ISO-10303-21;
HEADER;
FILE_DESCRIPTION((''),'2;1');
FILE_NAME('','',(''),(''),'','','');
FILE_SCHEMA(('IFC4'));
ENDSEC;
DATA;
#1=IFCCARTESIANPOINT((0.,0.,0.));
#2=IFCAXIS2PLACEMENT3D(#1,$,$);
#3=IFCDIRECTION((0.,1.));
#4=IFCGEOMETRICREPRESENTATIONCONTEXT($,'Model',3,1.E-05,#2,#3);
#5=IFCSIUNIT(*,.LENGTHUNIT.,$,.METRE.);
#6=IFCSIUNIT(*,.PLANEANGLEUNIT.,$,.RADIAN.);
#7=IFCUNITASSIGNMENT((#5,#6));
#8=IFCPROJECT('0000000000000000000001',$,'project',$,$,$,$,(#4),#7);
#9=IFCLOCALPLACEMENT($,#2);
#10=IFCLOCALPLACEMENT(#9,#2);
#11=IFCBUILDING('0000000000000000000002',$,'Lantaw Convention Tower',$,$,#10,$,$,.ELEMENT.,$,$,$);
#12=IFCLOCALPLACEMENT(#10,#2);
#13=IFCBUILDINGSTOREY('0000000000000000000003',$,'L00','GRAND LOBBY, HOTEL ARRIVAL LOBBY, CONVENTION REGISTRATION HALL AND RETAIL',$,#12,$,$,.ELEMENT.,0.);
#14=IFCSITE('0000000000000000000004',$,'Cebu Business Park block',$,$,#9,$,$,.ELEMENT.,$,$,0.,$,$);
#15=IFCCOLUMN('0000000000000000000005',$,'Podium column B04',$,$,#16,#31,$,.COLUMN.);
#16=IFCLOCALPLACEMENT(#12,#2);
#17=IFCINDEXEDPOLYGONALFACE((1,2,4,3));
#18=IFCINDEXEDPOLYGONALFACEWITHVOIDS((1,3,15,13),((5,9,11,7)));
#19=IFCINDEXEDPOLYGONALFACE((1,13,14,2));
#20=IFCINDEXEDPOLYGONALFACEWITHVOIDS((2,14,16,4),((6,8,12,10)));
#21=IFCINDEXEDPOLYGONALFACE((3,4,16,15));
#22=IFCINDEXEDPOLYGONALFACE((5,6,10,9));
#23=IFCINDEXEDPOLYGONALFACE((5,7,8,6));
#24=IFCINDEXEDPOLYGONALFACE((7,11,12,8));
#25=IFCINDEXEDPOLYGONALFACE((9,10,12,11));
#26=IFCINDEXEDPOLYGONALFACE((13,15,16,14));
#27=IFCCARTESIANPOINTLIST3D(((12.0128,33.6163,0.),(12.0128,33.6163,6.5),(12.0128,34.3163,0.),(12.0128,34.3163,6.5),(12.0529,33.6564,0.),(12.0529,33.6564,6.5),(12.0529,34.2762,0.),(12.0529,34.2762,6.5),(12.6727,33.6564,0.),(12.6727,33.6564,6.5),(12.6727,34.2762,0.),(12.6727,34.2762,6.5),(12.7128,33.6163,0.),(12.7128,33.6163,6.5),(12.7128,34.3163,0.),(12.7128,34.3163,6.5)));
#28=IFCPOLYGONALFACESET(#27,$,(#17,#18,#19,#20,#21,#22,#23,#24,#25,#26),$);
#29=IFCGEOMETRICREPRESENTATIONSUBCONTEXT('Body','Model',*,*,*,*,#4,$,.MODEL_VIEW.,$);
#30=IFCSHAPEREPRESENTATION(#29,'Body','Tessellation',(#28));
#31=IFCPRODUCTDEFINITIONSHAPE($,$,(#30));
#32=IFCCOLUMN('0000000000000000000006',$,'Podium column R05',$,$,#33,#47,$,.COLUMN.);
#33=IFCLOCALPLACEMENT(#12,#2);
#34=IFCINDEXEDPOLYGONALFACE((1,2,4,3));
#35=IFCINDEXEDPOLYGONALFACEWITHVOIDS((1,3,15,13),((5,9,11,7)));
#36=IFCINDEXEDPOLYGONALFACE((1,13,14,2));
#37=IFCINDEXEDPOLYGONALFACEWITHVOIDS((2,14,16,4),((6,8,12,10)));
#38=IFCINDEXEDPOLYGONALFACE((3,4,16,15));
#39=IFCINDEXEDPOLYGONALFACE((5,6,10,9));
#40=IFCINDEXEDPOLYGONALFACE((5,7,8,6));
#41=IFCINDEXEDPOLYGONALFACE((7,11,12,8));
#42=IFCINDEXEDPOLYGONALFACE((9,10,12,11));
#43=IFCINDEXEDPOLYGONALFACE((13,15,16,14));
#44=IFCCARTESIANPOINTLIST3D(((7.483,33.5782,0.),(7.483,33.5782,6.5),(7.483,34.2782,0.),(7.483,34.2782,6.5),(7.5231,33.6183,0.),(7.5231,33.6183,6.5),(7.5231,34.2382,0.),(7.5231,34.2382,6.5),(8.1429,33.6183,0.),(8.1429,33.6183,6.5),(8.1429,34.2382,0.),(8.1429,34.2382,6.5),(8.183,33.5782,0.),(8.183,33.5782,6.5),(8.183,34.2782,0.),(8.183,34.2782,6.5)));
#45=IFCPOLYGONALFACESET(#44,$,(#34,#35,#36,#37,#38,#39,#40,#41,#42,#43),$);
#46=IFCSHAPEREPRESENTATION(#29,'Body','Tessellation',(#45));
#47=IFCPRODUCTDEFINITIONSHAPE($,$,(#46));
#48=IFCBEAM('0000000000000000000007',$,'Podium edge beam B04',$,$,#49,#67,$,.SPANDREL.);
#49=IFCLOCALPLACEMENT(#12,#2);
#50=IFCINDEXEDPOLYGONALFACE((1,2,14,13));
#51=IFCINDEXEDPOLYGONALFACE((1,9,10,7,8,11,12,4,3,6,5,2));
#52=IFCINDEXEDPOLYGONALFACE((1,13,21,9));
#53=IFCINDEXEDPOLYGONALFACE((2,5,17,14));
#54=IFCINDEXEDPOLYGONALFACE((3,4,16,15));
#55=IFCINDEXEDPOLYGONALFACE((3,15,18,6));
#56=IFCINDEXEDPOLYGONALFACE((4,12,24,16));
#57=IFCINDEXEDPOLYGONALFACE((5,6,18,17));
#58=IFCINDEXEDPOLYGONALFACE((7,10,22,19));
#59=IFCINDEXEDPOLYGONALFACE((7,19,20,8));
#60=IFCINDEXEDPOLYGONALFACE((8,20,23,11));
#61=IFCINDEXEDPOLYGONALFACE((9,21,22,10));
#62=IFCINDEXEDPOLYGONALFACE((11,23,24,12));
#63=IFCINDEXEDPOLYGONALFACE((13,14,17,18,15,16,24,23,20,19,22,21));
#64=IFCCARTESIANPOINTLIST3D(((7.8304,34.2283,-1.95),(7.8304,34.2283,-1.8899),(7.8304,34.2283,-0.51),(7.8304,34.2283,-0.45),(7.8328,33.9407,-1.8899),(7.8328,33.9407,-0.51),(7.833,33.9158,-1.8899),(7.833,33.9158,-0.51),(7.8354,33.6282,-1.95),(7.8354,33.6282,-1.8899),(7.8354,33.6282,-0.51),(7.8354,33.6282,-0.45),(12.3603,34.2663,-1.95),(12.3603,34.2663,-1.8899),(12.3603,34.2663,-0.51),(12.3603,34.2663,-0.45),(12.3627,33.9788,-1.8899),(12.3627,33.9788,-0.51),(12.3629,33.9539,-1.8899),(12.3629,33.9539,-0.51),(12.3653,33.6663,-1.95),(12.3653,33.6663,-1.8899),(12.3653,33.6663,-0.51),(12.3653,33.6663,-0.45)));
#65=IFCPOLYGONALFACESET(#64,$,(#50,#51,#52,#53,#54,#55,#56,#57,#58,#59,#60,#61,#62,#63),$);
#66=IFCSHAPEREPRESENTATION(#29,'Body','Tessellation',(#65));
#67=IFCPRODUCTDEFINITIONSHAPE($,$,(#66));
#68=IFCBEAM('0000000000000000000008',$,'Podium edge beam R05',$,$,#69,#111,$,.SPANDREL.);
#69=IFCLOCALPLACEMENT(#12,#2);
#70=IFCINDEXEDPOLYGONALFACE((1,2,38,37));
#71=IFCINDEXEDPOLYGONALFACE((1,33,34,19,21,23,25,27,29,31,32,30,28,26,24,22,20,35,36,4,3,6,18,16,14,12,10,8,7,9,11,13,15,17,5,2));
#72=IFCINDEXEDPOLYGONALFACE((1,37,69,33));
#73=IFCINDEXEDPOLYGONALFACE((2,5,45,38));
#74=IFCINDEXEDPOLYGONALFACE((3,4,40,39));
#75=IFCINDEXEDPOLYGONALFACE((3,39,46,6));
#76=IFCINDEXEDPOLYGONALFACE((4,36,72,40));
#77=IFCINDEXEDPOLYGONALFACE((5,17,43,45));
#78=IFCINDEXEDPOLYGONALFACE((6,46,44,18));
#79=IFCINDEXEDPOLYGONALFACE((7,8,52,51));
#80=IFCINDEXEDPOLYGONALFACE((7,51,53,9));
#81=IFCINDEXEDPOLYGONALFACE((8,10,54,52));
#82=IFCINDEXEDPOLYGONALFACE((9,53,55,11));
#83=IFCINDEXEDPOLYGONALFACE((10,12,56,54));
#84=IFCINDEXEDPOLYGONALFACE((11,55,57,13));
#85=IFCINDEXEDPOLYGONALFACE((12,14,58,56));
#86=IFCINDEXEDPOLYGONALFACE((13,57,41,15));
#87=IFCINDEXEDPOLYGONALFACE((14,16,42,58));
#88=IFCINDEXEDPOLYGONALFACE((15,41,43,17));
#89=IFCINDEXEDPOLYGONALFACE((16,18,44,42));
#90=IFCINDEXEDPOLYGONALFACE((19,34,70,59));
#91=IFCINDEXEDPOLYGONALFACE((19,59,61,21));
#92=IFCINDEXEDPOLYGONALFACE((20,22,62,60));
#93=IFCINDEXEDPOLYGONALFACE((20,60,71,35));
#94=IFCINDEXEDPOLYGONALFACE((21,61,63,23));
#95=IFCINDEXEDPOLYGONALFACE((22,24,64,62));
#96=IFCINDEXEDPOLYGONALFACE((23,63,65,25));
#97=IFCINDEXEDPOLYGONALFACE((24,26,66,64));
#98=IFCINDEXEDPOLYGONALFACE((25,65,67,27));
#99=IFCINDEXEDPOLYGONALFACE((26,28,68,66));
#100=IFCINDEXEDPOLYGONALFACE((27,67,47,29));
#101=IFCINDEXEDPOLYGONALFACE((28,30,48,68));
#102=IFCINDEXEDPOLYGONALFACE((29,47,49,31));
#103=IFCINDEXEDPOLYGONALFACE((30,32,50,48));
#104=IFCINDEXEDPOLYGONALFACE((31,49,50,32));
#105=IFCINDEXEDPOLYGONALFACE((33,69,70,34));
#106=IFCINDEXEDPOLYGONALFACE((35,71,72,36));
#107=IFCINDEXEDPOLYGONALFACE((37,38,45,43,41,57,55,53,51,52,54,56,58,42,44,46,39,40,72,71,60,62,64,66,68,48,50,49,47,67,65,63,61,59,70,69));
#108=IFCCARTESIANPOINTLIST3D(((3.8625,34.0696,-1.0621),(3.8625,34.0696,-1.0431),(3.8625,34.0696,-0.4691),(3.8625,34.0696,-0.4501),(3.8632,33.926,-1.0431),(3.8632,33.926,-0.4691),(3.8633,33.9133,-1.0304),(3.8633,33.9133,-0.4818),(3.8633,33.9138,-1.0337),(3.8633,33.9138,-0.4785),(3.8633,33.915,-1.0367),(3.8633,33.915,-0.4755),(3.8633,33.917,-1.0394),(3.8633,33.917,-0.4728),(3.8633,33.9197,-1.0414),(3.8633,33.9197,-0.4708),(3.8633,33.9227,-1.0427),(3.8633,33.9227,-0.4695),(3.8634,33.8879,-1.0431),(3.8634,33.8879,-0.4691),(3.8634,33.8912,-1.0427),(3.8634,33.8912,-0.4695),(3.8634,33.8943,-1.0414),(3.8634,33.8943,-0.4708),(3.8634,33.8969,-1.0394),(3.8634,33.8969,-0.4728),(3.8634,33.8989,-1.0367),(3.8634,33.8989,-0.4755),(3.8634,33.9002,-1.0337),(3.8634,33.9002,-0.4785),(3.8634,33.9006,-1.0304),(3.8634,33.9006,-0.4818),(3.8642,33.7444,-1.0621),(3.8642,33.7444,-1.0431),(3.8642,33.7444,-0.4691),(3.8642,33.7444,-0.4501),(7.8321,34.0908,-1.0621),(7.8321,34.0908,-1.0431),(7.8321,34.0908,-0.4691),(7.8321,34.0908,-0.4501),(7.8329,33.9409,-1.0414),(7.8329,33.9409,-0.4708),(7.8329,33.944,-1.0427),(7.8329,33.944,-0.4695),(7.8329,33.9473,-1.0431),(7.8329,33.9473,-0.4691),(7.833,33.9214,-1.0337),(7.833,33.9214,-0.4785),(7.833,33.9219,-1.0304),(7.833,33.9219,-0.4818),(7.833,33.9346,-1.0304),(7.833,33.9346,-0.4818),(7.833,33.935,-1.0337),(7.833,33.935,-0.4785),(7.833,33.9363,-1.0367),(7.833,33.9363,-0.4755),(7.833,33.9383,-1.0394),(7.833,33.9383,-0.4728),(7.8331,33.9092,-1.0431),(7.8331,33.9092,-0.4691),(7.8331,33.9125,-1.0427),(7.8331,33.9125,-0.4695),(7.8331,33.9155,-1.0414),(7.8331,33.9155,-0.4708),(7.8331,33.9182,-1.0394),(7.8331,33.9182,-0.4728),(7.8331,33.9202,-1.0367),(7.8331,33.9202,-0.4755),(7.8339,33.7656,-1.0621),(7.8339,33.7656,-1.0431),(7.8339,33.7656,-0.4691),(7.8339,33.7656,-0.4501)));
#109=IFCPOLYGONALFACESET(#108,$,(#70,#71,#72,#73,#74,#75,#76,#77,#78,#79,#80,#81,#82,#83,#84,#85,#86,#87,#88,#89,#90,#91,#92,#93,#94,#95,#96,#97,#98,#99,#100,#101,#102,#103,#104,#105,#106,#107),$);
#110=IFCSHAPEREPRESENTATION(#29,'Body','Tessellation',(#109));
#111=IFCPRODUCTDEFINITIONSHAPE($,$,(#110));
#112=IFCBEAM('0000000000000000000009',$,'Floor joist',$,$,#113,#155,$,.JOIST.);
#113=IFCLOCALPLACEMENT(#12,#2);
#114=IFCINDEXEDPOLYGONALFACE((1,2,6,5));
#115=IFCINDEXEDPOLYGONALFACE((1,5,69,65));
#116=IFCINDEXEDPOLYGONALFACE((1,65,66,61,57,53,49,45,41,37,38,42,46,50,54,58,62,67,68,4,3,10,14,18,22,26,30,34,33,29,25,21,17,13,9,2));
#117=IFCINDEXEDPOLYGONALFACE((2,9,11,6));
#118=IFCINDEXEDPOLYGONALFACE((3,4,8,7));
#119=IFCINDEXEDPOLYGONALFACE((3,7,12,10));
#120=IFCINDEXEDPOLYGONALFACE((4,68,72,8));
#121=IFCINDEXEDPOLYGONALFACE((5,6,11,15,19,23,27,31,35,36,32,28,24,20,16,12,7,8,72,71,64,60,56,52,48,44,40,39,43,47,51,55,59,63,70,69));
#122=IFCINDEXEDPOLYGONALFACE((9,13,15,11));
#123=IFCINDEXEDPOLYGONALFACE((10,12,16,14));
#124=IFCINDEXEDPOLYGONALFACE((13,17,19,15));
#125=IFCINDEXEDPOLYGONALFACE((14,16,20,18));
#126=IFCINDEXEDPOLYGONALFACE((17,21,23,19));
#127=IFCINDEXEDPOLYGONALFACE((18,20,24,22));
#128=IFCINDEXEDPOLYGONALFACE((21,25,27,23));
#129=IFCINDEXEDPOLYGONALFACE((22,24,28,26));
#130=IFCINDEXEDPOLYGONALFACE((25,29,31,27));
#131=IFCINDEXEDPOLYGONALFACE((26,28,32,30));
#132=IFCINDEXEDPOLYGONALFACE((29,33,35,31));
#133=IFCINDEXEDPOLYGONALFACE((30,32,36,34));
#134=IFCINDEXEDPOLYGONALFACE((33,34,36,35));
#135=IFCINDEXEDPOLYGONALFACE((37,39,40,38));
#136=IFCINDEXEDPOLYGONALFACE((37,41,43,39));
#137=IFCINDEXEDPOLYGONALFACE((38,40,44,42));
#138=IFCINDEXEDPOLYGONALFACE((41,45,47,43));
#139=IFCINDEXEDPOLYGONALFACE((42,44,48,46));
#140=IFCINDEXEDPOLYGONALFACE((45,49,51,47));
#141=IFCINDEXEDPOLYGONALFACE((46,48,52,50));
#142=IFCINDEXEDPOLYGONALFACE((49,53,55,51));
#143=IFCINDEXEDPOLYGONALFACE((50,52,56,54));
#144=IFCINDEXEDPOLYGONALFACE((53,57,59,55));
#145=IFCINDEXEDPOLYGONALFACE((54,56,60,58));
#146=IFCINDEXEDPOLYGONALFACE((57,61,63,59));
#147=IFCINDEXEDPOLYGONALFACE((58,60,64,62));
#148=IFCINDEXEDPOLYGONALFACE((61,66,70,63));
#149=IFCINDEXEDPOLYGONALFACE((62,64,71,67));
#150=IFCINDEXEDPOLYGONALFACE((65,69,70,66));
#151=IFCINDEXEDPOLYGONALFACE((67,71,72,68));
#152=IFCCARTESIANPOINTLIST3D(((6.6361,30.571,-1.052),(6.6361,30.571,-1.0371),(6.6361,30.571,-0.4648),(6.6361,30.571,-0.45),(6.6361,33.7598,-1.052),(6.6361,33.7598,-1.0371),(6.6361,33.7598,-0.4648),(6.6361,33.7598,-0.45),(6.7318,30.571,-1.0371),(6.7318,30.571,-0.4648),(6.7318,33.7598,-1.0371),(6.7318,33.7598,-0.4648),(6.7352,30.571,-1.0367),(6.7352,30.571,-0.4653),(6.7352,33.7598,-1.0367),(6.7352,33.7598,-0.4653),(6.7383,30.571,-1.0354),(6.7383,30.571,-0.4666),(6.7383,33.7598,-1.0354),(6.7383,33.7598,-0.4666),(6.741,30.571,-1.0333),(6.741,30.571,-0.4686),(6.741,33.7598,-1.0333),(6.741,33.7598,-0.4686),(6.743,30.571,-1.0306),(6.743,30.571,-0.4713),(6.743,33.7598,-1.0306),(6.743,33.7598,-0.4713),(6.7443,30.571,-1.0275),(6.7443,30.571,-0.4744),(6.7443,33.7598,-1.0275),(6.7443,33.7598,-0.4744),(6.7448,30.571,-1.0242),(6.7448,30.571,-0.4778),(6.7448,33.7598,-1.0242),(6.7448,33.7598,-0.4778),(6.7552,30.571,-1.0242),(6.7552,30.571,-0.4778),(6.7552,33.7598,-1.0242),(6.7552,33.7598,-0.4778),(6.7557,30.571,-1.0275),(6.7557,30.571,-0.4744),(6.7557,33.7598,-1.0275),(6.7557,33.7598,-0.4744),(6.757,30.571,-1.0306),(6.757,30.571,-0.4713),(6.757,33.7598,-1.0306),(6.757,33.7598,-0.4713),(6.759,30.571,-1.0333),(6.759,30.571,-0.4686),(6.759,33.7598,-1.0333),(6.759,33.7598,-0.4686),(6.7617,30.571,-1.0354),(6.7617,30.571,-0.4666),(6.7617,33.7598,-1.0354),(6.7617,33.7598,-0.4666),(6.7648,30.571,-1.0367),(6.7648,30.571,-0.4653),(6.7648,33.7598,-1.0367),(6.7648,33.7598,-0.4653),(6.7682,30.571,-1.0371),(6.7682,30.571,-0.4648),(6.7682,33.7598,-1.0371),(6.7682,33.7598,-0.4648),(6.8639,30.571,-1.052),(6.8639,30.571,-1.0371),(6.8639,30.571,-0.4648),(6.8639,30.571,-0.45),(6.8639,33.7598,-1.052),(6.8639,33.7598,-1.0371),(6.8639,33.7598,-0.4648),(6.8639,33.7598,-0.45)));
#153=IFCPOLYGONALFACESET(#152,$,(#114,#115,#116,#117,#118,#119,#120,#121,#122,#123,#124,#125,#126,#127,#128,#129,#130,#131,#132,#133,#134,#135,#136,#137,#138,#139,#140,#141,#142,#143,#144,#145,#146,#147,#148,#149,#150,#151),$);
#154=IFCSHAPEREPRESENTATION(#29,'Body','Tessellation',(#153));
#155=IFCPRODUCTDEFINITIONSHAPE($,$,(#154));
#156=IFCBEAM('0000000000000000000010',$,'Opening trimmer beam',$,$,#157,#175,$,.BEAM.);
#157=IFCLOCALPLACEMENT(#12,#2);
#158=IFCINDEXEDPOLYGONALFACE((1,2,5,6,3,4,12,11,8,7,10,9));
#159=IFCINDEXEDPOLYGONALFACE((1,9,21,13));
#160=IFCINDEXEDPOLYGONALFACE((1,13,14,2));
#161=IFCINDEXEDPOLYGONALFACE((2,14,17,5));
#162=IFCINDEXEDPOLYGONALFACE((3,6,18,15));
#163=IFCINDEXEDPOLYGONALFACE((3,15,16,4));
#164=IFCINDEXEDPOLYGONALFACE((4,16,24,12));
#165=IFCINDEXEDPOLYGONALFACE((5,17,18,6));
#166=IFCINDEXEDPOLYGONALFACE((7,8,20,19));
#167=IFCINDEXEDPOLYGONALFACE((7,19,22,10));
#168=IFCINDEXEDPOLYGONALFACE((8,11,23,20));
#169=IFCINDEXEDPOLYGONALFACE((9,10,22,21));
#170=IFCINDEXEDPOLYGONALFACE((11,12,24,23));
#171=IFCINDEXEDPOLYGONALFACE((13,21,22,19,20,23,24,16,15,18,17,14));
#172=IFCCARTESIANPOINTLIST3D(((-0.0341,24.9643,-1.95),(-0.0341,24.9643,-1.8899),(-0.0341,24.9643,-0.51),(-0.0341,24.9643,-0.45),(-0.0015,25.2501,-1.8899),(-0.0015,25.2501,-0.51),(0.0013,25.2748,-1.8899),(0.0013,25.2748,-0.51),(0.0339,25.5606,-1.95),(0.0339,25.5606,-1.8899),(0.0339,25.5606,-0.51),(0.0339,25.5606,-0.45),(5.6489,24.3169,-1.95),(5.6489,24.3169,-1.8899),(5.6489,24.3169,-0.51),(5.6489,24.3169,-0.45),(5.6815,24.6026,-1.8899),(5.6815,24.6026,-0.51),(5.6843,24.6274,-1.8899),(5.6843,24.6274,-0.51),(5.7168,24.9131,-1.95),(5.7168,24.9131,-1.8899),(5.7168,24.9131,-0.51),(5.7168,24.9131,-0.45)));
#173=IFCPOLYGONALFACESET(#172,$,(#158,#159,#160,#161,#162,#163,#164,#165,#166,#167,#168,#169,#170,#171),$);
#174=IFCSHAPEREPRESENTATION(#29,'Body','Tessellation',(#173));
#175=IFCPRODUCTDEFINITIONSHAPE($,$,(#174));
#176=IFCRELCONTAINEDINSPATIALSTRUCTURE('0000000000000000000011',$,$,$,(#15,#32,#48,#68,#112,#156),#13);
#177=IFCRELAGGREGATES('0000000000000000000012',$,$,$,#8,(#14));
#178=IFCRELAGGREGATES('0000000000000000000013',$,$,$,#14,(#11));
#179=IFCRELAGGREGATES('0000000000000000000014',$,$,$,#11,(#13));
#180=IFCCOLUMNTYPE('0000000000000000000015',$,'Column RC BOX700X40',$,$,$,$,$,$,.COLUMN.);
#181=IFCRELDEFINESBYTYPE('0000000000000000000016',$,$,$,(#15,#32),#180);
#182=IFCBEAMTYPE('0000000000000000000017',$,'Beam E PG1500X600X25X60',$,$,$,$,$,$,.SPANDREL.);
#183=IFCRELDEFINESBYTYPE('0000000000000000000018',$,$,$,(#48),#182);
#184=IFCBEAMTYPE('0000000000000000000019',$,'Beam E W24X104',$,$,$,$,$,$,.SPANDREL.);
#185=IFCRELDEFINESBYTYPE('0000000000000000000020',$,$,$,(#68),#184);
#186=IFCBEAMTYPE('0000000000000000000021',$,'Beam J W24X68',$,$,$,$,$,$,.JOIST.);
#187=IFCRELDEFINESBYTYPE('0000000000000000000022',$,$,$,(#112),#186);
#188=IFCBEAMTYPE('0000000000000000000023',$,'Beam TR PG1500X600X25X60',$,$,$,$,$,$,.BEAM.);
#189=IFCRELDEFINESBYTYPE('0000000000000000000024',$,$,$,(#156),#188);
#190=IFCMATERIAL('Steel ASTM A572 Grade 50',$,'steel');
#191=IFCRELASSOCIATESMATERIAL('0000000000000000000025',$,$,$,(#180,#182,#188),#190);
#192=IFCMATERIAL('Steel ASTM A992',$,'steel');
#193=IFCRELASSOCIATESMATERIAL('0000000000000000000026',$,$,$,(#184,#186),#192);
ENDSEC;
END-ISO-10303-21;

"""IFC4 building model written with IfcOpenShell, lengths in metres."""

from ifc_helpers import new_model, si_unit, direction, frame, origin, origin_2d, place, context, subcontext, project, spatial, hollow_rectangle, i_section, extrude, material, material_profile, profile_set, type_object, element, save


model = new_model("IFC4")

# Units and contexts
model_context = context("Model", 3, precision=1e-05, world=origin(), true_north=direction((0.0, 1.0)))
body_context = subcontext(model_context, "Body", "Model", "MODEL_VIEW")
ifc_project = project(units=[si_unit("LENGTHUNIT", "METRE"), si_unit("PLANEANGLEUNIT", "RADIAN")], contexts=[model_context])

# Site, building, storey
site_placement = place(None, origin())
site = spatial("IfcSite", under=ifc_project, at=site_placement, Name="Cebu Business Park block", CompositionType="ELEMENT", RefElevation=0.0)
building_placement = place(site_placement, origin())
building = spatial("IfcBuilding", under=site, at=building_placement, Name="Lantaw Convention Tower", CompositionType="ELEMENT")
storey_placement = place(building_placement, origin())
storey = spatial("IfcBuildingStorey", under=building, at=storey_placement, Name="L00", Description="GRAND LOBBY, HOTEL ARRIVAL LOBBY, CONVENTION REGISTRATION HALL AND RETAIL", CompositionType="ELEMENT", Elevation=0.0)

# Columns
ifc_material_1 = material(Name="Steel ASTM A572 Grade 50", Category="steel")
ifc_material_profile_1 = material_profile(ifc_material_1, hollow_rectangle(XDim=0.7, YDim=0.7, WallThickness=0.04, at=origin_2d()), Name="BOX700X40")
ifc_profile_set_1 = profile_set([ifc_material_profile_1], Name="Steel ASTM A572 Grade 50")
column_type = type_object("IfcColumnType", Name="Column RC BOX700X40", PredefinedType="COLUMN", material=ifc_profile_set_1)
for number, where, z_axis, x_axis, name in (
    (1, (12.3628, 33.9663, 0.0), (0.0, 0.0, 1.0), (1.0, 0.0, 0.0), "Podium column B04"),
    (2, (7.833, 33.9282, 0.0), (0.0, 0.0, 1.0), (1.0, 0.0, 0.0), "Podium column R05"),
):
    element("IfcColumn", number, at=place(storey_placement, frame(where, z_axis=z_axis, x_axis=x_axis)), inside=storey, type_object=column_type, Name=name, PredefinedType="COLUMN", context=body_context, shape_type="SweptSolid", body=[
        extrude(hollow_rectangle(XDim=0.7, YDim=0.7, WallThickness=0.04, at=origin_2d()), origin(), (0.0, 0.0, 1.0), 6.5),
    ])

# Beams
ifc_material_profile_2 = material_profile(ifc_material_1, i_section(OverallWidth=0.6001, OverallDepth=1.5, WebThickness=0.0249, FlangeThickness=0.0601, at=origin_2d()), Name="PG1500X600X25X60")
ifc_profile_set_2 = profile_set([ifc_material_profile_2], Name="Steel ASTM A572 Grade 50")
beam_type_1 = type_object("IfcBeamType", Name="Beam E PG1500X600X25X60", PredefinedType="SPANDREL", material=ifc_profile_set_2)
beam_1_placement = place(storey_placement, frame((12.3628, 33.9663, -1.2), z_axis=(-0.999965, -0.008408, 0.0), x_axis=(0.008408, -0.999965, 0.0)))
element("IfcBeam", 3, at=beam_1_placement, inside=storey, type_object=beam_type_1, Name="Podium edge beam B04", PredefinedType="SPANDREL", context=body_context, shape_type="SweptSolid", body=[
    extrude(i_section(OverallWidth=0.6001, OverallDepth=1.5, WebThickness=0.0249, FlangeThickness=0.0601, at=origin_2d()), origin(), (0.0, 0.0, 1.0), 4.53),
])
ifc_material_2 = material(Name="Steel ASTM A992", Category="steel")
ifc_material_profile_3 = material_profile(ifc_material_2, i_section(OverallWidth=0.3252, OverallDepth=0.6121, WebThickness=0.0127, FlangeThickness=0.019, FilletRadius=0.0127, at=origin_2d()), Name="W24X104")
ifc_profile_set_3 = profile_set([ifc_material_profile_3], Name="Steel ASTM A992")
beam_type_2 = type_object("IfcBeamType", Name="Beam E W24X104", PredefinedType="SPANDREL", material=ifc_profile_set_3)
beam_2_placement = place(storey_placement, frame((7.833, 33.9282, -0.7561), z_axis=(-0.999986, -0.00535, 0.0), x_axis=(0.00535, -0.999986, 0.0)))
element("IfcBeam", 4, at=beam_2_placement, inside=storey, type_object=beam_type_2, Name="Podium edge beam R05", PredefinedType="SPANDREL", context=body_context, shape_type="SweptSolid", body=[
    extrude(i_section(OverallWidth=0.3252, OverallDepth=0.6121, WebThickness=0.0127, FlangeThickness=0.019, FilletRadius=0.0127, at=origin_2d()), origin(), (0.0, 0.0, 1.0), 3.9697),
])
ifc_material_profile_4 = material_profile(ifc_material_2, i_section(OverallWidth=0.2278, OverallDepth=0.6021, WebThickness=0.0105, FlangeThickness=0.0149, FilletRadius=0.0129, at=origin_2d()), Name="W24X68")
ifc_profile_set_4 = profile_set([ifc_material_profile_4], Name="Steel ASTM A992")
beam_type_3 = type_object("IfcBeamType", Name="Beam J W24X68", PredefinedType="JOIST", material=ifc_profile_set_4)
beam_3_placement = place(storey_placement, frame((6.75, 30.571, -0.751), z_axis=(0.0, 1.0, 0.0), x_axis=(-1.0, 0.0, 0.0)))
element("IfcBeam", 5, at=beam_3_placement, inside=storey, type_object=beam_type_3, Name="Floor joist", PredefinedType="JOIST", context=body_context, shape_type="SweptSolid", body=[
    extrude(i_section(OverallWidth=0.2278, OverallDepth=0.6021, WebThickness=0.0105, FlangeThickness=0.0149, FilletRadius=0.0129, at=origin_2d()), origin(), (0.0, 0.0, 1.0), 3.1887),
])
ifc_material_profile_5 = material_profile(ifc_material_1, i_section(OverallWidth=0.6001, OverallDepth=1.5, WebThickness=0.0249, FlangeThickness=0.0601, at=origin_2d()), Name="PG1500X600X25X60")
ifc_profile_set_5 = profile_set([ifc_material_profile_5], Name="Steel ASTM A572 Grade 50")
beam_type_4 = type_object("IfcBeamType", Name="Beam TR PG1500X600X25X60", PredefinedType="BEAM", material=ifc_profile_set_5)
beam_4_placement = place(storey_placement, frame((5.6829, 24.615, -1.2), z_axis=(-0.993572, 0.1132, 0.0), x_axis=(-0.1132, -0.993572, 0.0)))
element("IfcBeam", 6, at=beam_4_placement, inside=storey, type_object=beam_type_4, Name="Opening trimmer beam", PredefinedType="BEAM", context=body_context, shape_type="SweptSolid", body=[
    extrude(i_section(OverallWidth=0.6001, OverallDepth=1.5, WebThickness=0.0249, FlangeThickness=0.0601, at=origin_2d()), origin(), (0.0, 0.0, 1.0), 5.7197),
])

save(model, "model.ifc")
